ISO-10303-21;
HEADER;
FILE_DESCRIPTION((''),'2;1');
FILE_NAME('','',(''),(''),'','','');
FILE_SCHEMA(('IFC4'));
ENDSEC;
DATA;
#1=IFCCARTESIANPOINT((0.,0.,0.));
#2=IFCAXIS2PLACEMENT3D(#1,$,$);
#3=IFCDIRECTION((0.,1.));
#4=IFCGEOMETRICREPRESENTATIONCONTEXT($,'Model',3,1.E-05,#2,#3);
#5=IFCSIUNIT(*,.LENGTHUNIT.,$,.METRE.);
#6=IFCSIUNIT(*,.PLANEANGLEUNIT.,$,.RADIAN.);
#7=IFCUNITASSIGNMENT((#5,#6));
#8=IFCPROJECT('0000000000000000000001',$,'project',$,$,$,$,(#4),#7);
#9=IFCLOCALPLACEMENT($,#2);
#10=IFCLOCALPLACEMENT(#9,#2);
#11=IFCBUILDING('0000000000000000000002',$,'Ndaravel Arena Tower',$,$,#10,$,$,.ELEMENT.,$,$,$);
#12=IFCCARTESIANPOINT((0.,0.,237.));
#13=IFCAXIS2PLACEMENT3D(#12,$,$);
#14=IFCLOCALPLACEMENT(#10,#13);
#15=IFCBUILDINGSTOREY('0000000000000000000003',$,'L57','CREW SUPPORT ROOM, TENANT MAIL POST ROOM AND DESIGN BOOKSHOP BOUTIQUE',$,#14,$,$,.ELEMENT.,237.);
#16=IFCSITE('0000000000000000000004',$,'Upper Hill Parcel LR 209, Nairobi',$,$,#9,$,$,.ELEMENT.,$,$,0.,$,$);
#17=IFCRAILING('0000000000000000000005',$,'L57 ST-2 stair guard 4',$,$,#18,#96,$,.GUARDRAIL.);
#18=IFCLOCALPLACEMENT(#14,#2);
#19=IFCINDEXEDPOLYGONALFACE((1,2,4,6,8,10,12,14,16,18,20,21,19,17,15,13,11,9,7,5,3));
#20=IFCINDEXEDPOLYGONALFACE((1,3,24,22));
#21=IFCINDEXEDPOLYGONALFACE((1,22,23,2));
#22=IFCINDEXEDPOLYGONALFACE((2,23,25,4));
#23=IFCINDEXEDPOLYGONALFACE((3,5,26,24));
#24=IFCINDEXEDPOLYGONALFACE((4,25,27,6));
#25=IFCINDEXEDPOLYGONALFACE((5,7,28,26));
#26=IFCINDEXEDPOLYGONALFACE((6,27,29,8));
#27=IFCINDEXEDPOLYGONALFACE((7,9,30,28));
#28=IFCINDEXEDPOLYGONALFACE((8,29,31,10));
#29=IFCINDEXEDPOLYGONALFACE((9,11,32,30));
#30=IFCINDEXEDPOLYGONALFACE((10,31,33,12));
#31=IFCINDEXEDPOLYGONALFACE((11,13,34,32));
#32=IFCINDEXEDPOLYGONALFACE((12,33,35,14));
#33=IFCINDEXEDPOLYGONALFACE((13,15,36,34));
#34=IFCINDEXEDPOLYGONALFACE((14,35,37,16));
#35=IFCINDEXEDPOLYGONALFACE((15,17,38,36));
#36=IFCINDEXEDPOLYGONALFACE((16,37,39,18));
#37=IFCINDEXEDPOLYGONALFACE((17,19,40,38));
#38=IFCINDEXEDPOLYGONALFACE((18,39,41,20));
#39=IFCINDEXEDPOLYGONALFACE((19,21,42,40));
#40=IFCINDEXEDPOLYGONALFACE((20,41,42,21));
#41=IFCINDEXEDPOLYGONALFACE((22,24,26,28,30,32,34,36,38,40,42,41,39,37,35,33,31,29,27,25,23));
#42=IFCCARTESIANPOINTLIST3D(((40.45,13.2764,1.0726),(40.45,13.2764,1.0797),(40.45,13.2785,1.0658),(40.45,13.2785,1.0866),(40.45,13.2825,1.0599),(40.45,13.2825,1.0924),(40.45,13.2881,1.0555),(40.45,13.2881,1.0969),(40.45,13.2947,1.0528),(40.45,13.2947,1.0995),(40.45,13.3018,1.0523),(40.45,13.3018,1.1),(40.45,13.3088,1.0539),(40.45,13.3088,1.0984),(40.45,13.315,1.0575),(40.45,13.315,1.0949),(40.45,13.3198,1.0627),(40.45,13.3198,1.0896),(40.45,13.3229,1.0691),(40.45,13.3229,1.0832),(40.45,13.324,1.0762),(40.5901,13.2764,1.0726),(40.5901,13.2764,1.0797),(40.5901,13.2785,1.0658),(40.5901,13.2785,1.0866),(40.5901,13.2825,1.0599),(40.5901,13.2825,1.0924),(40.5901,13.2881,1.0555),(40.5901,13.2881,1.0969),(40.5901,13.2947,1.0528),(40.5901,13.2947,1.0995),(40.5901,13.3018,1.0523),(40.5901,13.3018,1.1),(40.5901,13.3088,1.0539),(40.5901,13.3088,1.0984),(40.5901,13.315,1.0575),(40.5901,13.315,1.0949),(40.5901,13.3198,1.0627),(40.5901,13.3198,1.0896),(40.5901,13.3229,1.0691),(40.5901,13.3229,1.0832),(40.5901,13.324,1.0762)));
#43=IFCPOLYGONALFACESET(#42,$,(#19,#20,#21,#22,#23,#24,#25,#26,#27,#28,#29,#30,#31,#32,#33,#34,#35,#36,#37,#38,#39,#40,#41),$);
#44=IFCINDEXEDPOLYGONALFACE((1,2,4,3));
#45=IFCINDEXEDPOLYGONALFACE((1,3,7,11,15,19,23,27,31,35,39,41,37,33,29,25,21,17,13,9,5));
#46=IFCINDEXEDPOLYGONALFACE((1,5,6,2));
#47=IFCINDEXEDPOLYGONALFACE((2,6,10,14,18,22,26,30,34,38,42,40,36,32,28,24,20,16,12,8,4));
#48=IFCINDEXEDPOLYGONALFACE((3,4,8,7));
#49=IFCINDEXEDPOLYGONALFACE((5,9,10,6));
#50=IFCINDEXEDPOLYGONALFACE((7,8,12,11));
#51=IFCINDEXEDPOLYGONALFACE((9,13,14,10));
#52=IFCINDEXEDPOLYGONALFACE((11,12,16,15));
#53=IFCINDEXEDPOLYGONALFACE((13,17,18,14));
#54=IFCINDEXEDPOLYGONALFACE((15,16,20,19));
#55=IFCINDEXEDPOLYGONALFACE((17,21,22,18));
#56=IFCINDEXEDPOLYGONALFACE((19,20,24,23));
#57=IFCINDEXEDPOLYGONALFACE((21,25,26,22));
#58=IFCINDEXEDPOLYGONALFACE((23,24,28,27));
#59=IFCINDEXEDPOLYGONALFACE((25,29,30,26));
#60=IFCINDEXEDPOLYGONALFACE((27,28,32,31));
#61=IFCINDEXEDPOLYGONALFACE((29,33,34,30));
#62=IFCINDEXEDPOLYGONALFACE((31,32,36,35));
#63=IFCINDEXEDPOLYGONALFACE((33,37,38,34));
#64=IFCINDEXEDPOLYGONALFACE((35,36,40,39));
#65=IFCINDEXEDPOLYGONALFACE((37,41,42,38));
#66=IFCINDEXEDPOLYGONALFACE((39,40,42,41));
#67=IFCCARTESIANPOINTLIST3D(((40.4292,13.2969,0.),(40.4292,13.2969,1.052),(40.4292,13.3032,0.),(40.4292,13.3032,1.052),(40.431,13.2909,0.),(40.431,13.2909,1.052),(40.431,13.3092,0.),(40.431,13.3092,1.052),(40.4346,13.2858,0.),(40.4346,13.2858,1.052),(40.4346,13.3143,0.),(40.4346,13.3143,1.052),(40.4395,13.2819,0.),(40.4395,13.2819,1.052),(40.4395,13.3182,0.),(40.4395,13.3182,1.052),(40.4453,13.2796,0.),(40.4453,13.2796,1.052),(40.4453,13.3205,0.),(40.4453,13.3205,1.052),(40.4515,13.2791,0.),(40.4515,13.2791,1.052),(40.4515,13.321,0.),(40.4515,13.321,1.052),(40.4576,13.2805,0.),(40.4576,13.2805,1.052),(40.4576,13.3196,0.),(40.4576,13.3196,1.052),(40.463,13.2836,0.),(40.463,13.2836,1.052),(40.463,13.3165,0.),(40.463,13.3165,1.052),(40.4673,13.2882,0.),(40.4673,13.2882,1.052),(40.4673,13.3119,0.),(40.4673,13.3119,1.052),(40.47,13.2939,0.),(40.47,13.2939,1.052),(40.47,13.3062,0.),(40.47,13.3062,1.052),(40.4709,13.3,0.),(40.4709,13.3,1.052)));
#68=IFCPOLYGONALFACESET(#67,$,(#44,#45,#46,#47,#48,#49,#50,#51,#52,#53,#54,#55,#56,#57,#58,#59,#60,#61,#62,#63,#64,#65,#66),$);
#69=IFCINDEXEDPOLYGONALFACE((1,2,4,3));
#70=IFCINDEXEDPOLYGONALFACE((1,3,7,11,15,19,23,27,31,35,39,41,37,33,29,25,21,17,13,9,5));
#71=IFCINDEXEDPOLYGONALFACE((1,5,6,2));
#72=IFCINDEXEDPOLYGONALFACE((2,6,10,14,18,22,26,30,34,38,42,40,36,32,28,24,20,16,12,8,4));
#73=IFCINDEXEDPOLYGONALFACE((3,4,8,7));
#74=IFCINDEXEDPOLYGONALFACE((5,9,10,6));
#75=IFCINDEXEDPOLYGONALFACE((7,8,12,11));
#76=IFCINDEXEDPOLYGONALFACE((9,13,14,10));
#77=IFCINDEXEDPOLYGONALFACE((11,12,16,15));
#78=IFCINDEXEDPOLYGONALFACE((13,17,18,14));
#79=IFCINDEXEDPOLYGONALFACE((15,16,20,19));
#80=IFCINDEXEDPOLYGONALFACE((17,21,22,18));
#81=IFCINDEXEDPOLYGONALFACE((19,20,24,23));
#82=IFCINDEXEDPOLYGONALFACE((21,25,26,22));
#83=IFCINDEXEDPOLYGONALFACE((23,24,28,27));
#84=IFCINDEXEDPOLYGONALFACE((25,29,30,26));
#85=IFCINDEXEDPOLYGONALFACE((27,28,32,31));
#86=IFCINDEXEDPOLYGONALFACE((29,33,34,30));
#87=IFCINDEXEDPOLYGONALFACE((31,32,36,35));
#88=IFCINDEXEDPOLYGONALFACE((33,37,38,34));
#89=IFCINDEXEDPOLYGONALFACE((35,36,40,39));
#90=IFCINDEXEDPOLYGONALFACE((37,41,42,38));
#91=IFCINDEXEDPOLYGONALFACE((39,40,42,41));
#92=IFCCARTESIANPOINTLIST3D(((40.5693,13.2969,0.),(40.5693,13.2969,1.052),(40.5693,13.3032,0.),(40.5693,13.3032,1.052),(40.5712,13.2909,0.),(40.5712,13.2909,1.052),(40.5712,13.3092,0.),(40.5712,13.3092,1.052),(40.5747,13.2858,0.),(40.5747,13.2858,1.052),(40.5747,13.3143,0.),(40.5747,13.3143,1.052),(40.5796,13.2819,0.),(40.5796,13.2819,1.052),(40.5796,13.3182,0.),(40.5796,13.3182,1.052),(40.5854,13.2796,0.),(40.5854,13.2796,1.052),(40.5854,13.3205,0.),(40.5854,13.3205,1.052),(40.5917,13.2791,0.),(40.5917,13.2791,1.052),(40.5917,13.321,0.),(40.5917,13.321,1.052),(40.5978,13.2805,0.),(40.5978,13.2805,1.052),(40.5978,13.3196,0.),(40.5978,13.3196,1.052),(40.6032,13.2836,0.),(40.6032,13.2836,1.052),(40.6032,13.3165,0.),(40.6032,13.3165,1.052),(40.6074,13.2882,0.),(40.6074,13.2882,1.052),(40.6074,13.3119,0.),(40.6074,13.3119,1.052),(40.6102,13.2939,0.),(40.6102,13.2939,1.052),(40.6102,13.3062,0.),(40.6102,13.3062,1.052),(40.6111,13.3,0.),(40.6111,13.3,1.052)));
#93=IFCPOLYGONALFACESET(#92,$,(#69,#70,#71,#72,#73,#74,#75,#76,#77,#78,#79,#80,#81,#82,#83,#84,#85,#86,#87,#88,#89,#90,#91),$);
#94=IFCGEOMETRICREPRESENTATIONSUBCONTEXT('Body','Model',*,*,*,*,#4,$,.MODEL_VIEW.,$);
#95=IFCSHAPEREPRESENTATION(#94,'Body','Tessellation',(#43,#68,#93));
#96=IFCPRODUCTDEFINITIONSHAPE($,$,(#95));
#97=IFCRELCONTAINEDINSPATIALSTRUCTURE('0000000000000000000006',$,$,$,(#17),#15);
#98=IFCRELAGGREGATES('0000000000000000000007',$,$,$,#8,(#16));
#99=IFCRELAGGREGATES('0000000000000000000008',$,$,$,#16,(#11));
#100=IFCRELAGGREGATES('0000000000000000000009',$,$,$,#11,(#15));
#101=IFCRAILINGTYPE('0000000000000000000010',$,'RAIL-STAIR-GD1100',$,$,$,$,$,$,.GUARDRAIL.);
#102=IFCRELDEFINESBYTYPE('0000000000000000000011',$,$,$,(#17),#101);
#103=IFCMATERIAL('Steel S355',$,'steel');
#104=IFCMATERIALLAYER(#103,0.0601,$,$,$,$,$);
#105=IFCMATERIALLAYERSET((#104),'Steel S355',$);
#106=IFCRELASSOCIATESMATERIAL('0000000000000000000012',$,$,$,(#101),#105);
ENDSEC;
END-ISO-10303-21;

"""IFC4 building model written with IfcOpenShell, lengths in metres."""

from ifc_helpers import new_model, si_unit, direction, frame, origin, origin_2d, place, context, subcontext, project, spatial, circle, extrude, material, layer, layer_set, type_object, element, save


model = new_model("IFC4")

# Units and contexts
model_context = context("Model", 3, precision=1e-05, world=origin(), true_north=direction((0.0, 1.0)))
body_context = subcontext(model_context, "Body", "Model", "MODEL_VIEW")
ifc_project = project(units=[si_unit("LENGTHUNIT", "METRE"), si_unit("PLANEANGLEUNIT", "RADIAN")], contexts=[model_context])

# Site, building, storey
site_placement = place(None, origin())
site = spatial("IfcSite", under=ifc_project, at=site_placement, Name="Upper Hill Parcel LR 209, Nairobi", CompositionType="ELEMENT", RefElevation=0.0)
building_placement = place(site_placement, origin())
building = spatial("IfcBuilding", under=site, at=building_placement, Name="Ndaravel Arena Tower", CompositionType="ELEMENT")
storey_placement = place(building_placement, frame((0.0, 0.0, 237.0)))
storey = spatial("IfcBuildingStorey", under=building, at=storey_placement, Name="L57", Description="CREW SUPPORT ROOM, TENANT MAIL POST ROOM AND DESIGN BOOKSHOP BOUTIQUE", CompositionType="ELEMENT", Elevation=237.0)

# Railing
ifc_material_1 = material(Name="Steel S355", Category="steel")
ifc_layer_1 = layer(ifc_material_1, 0.0601)
ifc_layer_set_1 = layer_set([ifc_layer_1], Name="Steel S355")
railing_type_1 = type_object("IfcRailingType", Name="RAIL-STAIR-GD1100", PredefinedType="GUARDRAIL", material=ifc_layer_set_1)
railing_1_placement = place(storey_placement, frame((40.45, 13.3, 0.0)))
element("IfcRailing", 1, at=railing_1_placement, inside=storey, type_object=railing_type_1, Name="L57 ST-2 stair guard 4", PredefinedType="GUARDRAIL", context=body_context, shape_type="SweptSolid", body=[
    extrude(circle(Radius=0.0239, at=origin_2d()), frame((0.0, 0.0, 1.0762), z_axis=(1.0, 0.0, 0.0), x_axis=(0.0, 1.0, 0.0)), (0.0, 0.0, 1.0), 0.1401),
    extrude(circle(Radius=0.021, at=origin_2d()), origin(), (0.0, 0.0, 1.0), 1.052),
    extrude(circle(Radius=0.021, at=origin_2d()), frame((0.1401, 0.0, 0.0)), (0.0, 0.0, 1.0), 1.052),
])

save(model, "model.ifc")
